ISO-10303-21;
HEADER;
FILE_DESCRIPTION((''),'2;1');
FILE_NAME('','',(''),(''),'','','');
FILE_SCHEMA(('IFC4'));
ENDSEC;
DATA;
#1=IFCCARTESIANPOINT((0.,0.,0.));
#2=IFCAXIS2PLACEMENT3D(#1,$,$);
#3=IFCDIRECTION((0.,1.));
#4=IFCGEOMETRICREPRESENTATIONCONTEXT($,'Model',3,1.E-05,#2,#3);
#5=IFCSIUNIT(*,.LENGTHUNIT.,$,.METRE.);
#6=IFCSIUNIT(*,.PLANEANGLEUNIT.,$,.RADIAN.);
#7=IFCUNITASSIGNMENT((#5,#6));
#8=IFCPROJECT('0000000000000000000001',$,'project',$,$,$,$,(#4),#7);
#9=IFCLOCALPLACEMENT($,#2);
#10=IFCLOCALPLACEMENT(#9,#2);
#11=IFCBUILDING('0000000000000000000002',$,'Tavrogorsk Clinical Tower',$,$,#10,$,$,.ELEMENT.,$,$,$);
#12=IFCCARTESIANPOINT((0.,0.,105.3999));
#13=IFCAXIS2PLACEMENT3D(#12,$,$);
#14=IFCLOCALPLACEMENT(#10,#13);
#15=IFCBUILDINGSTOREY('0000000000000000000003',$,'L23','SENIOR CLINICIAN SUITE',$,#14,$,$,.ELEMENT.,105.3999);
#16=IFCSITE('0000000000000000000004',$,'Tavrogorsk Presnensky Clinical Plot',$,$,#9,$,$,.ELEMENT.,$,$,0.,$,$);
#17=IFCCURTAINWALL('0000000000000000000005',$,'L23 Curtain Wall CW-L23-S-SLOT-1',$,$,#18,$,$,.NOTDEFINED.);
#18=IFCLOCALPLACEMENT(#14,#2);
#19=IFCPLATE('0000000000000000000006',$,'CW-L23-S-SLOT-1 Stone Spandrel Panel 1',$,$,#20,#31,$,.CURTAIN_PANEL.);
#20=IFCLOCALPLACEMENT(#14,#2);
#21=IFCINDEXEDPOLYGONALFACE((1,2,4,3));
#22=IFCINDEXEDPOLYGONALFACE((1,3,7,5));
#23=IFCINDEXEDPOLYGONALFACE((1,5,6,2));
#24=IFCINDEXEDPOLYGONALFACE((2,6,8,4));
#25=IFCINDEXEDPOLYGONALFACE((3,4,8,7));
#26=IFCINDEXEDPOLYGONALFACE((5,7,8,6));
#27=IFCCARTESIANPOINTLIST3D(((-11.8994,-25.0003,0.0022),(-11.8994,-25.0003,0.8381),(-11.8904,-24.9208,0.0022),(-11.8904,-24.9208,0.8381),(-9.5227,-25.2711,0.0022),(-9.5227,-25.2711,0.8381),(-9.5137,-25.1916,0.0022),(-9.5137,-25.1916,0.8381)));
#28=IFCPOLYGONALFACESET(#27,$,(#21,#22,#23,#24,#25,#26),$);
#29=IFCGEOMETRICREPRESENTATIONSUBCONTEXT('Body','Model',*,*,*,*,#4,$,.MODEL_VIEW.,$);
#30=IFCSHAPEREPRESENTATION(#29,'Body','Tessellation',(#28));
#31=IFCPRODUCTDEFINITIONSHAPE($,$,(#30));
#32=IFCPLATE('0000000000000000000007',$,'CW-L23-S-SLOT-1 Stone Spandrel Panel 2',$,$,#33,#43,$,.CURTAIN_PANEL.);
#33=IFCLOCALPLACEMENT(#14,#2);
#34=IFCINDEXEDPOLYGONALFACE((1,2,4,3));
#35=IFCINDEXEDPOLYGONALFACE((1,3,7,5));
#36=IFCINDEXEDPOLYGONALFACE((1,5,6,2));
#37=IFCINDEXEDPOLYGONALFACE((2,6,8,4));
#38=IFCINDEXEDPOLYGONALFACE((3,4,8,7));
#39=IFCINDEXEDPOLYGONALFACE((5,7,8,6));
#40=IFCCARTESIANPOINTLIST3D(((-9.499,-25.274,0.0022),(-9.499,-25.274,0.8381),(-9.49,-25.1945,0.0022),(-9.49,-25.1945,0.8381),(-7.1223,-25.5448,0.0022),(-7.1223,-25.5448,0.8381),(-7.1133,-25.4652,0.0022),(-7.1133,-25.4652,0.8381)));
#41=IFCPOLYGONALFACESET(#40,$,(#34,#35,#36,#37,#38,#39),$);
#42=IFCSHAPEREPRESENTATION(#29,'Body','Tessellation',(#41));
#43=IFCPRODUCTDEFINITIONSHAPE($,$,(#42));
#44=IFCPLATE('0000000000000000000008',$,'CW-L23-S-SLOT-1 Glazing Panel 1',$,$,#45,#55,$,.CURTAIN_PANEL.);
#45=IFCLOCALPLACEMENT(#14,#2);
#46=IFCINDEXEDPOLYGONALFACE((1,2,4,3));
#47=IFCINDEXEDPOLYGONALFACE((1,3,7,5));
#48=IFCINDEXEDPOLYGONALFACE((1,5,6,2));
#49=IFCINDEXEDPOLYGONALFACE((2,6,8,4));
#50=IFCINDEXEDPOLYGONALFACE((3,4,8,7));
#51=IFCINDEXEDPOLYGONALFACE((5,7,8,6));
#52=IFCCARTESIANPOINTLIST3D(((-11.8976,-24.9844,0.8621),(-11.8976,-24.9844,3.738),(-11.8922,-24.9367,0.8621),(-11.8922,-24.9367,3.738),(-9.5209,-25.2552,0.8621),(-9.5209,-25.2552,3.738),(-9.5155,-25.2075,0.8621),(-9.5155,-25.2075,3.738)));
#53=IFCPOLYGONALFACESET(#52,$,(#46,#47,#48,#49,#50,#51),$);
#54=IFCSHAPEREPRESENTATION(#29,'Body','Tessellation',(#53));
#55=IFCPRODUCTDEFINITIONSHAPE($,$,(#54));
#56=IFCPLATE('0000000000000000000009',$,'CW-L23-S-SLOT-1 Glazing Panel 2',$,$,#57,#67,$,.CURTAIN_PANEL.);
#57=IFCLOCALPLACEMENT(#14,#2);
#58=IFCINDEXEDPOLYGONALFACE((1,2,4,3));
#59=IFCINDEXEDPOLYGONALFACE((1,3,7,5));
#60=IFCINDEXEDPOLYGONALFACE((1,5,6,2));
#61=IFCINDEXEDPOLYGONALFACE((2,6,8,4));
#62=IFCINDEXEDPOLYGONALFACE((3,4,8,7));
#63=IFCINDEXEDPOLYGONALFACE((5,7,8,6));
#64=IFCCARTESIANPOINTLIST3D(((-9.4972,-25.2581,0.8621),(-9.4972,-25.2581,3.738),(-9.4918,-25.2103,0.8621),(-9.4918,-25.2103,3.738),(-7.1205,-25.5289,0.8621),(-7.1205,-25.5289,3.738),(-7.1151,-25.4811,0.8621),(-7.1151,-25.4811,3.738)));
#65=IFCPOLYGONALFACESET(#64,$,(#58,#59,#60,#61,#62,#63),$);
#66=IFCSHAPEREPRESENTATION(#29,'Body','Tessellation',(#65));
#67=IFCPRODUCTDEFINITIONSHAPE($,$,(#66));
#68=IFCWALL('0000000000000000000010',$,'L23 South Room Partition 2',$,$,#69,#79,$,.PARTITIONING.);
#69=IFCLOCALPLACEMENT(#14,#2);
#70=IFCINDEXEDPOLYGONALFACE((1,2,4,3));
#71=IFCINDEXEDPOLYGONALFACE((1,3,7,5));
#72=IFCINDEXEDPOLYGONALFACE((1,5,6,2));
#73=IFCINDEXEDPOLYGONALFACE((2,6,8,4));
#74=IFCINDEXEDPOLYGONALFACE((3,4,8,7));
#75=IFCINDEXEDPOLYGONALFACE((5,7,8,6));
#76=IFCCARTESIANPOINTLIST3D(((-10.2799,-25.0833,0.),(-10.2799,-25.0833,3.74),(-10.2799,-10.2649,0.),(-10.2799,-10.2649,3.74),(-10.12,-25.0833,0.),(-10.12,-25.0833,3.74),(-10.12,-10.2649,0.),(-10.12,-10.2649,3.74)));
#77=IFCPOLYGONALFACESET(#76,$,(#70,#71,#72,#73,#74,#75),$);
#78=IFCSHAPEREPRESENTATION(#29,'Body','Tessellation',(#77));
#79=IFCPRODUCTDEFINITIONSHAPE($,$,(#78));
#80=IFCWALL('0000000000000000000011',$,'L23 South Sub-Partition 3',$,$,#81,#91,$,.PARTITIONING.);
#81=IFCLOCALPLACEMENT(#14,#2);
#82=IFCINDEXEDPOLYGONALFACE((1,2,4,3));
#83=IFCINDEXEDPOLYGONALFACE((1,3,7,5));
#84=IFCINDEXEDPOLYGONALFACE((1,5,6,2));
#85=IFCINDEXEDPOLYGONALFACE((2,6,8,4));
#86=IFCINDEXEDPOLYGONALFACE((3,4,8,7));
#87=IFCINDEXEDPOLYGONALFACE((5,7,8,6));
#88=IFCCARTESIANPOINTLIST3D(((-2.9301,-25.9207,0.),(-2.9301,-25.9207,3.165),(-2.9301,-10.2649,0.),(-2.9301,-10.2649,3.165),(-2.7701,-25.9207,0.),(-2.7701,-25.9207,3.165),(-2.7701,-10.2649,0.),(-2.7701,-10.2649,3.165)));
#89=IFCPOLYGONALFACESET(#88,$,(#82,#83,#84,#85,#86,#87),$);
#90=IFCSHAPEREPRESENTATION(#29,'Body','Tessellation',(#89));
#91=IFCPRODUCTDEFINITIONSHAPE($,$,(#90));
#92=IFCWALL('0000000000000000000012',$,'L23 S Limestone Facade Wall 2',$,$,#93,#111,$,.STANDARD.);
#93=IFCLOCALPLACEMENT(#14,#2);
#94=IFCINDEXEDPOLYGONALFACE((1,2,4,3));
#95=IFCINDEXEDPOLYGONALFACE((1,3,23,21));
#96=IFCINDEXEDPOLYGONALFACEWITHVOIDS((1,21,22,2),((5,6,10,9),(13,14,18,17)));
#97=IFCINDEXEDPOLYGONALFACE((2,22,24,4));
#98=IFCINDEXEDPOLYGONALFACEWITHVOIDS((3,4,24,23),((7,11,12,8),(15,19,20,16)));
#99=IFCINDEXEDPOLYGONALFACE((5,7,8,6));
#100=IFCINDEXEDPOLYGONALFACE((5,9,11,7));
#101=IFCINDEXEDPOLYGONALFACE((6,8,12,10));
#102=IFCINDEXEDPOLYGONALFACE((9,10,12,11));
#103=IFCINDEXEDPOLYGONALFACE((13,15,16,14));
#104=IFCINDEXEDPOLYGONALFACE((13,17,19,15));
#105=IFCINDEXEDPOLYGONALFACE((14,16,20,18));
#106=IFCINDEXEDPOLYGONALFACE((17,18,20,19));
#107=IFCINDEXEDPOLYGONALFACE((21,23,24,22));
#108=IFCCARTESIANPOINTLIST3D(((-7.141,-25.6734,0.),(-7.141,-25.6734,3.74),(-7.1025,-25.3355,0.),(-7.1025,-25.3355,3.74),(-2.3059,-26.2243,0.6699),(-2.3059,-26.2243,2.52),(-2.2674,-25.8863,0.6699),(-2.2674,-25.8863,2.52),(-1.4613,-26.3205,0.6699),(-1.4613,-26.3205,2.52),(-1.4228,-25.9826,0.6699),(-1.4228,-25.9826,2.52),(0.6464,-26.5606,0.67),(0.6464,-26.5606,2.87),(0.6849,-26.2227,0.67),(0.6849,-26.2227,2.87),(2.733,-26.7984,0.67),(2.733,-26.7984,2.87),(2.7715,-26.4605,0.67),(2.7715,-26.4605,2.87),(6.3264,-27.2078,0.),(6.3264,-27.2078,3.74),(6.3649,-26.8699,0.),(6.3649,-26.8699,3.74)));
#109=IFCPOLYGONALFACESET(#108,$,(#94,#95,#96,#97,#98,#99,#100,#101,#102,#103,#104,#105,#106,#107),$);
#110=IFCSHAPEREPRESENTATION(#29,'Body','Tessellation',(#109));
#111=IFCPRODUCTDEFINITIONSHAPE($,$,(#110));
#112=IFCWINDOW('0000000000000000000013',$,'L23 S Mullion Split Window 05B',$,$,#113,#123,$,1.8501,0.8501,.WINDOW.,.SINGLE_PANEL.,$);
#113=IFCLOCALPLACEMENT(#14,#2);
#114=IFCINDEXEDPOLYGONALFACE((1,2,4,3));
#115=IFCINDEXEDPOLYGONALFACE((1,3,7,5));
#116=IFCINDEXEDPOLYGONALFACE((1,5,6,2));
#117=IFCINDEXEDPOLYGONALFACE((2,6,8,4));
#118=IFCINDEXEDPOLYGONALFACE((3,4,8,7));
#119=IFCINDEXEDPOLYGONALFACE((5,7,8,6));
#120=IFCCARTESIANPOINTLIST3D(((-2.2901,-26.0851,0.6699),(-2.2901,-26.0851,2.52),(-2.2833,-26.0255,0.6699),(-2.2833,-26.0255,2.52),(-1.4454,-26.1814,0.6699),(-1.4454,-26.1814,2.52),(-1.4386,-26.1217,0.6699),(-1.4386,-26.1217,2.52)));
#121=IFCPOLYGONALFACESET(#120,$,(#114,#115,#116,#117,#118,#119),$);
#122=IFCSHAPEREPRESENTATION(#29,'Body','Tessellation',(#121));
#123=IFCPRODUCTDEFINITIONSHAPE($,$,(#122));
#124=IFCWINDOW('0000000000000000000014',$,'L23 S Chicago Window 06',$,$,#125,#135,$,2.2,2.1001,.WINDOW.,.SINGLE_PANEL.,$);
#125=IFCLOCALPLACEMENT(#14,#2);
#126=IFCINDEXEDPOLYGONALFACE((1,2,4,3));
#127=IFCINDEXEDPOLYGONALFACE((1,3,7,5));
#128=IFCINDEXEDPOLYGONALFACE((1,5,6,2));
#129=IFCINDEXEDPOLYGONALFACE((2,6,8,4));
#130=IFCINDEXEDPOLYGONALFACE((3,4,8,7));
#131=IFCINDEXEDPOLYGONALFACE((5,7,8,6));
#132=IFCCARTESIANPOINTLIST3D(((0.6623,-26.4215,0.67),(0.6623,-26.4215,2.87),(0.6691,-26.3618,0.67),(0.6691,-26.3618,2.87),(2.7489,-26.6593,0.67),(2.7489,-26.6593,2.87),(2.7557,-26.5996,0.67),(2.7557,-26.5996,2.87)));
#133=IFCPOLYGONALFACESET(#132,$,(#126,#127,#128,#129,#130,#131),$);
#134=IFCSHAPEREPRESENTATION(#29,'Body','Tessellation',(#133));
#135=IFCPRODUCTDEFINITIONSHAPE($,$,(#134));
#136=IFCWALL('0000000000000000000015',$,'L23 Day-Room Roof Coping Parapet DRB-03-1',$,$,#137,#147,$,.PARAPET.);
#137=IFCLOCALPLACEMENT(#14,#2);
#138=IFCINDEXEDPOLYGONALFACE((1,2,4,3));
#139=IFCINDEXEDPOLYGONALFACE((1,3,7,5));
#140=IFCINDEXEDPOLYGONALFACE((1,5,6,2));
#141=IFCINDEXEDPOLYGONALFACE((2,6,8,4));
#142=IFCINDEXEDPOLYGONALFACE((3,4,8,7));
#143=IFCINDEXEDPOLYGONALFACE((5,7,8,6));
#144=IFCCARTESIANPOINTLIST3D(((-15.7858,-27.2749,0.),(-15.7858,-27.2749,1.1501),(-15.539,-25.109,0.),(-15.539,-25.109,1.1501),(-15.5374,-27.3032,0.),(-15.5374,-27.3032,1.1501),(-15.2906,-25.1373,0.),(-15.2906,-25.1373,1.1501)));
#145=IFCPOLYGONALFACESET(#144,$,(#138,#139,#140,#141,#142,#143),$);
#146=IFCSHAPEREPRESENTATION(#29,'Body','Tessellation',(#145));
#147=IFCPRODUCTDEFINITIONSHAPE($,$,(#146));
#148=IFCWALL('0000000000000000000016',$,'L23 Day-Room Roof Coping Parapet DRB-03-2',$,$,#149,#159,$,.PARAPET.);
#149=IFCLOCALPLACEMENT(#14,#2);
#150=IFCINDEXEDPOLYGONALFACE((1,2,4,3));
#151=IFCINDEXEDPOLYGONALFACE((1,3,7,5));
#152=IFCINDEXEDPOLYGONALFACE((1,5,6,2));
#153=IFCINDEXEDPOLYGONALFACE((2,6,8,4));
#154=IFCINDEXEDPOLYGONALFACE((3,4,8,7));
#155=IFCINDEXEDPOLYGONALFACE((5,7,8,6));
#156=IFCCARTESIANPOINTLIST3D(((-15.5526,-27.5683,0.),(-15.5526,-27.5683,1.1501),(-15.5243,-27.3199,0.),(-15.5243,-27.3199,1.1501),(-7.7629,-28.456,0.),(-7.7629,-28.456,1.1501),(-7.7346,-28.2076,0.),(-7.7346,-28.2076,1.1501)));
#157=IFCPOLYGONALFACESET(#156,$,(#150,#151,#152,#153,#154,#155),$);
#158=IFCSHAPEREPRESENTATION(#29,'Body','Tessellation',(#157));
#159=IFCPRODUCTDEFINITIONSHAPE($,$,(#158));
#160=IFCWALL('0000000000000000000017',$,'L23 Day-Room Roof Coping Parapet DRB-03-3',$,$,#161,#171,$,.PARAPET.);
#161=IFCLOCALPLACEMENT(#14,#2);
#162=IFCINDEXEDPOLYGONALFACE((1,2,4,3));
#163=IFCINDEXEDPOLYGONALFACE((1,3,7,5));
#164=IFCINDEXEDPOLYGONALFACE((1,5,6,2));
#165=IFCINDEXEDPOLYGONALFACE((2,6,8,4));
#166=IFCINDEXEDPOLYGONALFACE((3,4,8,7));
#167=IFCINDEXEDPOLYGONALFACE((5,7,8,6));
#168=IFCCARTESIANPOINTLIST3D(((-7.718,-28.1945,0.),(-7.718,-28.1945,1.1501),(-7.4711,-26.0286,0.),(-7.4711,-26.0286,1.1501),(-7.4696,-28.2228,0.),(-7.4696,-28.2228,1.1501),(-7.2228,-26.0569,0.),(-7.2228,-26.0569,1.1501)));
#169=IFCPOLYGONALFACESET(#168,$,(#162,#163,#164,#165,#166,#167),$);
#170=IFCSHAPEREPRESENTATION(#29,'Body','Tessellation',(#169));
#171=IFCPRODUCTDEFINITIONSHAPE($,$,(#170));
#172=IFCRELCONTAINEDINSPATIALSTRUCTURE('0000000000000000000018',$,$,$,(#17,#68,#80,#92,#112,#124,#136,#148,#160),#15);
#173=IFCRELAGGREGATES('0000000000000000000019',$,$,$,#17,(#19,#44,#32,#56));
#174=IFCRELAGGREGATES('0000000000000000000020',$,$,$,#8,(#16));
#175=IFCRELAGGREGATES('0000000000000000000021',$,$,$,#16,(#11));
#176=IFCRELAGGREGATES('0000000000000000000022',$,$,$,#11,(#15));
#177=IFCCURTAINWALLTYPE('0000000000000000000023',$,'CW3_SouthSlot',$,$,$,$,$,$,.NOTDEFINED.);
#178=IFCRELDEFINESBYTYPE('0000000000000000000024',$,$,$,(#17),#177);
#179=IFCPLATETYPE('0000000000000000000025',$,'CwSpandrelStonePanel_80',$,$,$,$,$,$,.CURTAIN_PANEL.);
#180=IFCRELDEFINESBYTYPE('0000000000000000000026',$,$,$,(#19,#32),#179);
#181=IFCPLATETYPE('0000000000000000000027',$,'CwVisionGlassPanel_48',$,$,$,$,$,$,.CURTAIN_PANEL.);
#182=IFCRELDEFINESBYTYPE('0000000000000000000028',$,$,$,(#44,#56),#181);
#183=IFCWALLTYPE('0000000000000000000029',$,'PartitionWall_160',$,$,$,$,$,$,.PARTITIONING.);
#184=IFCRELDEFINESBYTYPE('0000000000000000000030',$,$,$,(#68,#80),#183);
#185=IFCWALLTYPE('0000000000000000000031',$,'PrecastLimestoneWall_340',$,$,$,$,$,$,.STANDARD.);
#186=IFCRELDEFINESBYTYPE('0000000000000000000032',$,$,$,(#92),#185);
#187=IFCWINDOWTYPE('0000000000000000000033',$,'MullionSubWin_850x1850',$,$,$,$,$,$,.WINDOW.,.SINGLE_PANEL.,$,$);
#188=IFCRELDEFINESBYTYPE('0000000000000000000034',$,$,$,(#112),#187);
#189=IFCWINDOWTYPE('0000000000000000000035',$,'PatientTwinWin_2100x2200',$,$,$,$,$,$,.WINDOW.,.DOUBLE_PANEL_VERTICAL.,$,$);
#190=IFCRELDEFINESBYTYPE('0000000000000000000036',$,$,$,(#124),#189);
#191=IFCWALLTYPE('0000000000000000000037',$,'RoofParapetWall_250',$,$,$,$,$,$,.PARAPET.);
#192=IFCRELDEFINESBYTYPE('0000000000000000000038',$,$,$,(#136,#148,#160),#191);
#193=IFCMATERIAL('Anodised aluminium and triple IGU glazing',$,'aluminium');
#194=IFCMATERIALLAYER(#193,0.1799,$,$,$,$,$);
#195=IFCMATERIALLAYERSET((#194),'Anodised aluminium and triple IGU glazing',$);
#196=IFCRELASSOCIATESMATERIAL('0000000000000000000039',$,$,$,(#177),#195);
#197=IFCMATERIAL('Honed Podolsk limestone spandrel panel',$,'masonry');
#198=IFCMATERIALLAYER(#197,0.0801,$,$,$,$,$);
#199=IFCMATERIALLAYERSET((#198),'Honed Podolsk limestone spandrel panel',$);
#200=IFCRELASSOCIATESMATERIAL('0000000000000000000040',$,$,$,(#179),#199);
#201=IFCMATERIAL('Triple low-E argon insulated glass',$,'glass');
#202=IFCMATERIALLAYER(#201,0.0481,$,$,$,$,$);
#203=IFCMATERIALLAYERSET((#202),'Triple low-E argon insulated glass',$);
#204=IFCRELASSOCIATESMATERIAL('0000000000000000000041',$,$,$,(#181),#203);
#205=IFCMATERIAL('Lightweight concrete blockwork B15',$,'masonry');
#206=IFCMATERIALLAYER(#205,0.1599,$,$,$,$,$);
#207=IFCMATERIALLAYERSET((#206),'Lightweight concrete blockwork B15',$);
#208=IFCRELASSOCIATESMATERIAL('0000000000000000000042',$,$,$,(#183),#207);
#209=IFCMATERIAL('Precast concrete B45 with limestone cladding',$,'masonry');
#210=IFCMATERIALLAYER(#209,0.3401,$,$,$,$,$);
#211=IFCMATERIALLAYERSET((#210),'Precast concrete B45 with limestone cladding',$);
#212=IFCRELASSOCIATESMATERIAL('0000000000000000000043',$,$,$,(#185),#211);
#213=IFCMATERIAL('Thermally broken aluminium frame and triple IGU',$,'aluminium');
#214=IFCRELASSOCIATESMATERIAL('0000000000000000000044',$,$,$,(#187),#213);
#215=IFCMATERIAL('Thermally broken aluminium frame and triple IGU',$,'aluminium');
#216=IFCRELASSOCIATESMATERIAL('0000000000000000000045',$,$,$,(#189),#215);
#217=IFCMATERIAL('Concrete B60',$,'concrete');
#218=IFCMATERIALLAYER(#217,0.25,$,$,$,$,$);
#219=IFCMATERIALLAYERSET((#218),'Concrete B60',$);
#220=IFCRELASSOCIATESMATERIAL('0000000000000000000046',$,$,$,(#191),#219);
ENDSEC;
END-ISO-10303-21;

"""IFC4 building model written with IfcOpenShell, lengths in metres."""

from ifc_helpers import new_model, si_unit, direction, frame, frame_2d, origin, origin_2d, place, context, subcontext, project, spatial, rectangle, extrude, material, layer, layer_set, type_object, element, fill, aggregate, save


model = new_model("IFC4")

# Units and contexts
model_context = context("Model", 3, precision=1e-05, world=origin(), true_north=direction((0.0, 1.0)))
body_context = subcontext(model_context, "Body", "Model", "MODEL_VIEW")
ifc_project = project(units=[si_unit("LENGTHUNIT", "METRE"), si_unit("PLANEANGLEUNIT", "RADIAN")], contexts=[model_context])

# Site, building, storey
site_placement = place(None, origin())
site = spatial("IfcSite", under=ifc_project, at=site_placement, Name="Tavrogorsk Presnensky Clinical Plot", CompositionType="ELEMENT", RefElevation=0.0)
building_placement = place(site_placement, origin())
building = spatial("IfcBuilding", under=site, at=building_placement, Name="Tavrogorsk Clinical Tower", CompositionType="ELEMENT")
storey_placement = place(building_placement, frame((0.0, 0.0, 105.3999)))
storey = spatial("IfcBuildingStorey", under=building, at=storey_placement, Name="L23", Description="SENIOR CLINICIAN SUITE", CompositionType="ELEMENT", Elevation=105.3999)

# Curtain wall
ifc_material_1 = material(Name="Anodised aluminium and triple IGU glazing", Category="aluminium")
ifc_layer_1 = layer(ifc_material_1, 0.1799)
ifc_layer_set_1 = layer_set([ifc_layer_1], Name="Anodised aluminium and triple IGU glazing")
curtain_wall_type = type_object("IfcCurtainWallType", Name="CW3_SouthSlot", PredefinedType="NOTDEFINED", material=ifc_layer_set_1)
curtain_wall_placement = place(storey_placement, origin())
curtain_wall = element("IfcCurtainWall", 1, at=curtain_wall_placement, inside=storey, type_object=curtain_wall_type, Name="L23 Curtain Wall CW-L23-S-SLOT-1", PredefinedType="NOTDEFINED")

# Plates
ifc_material_2 = material(Name="Honed Podolsk limestone spandrel panel", Category="masonry")
ifc_layer_2 = layer(ifc_material_2, 0.0801)
ifc_layer_set_2 = layer_set([ifc_layer_2], Name="Honed Podolsk limestone spandrel panel")
plate_type_1 = type_object("IfcPlateType", Name="CwSpandrelStonePanel_80", PredefinedType="CURTAIN_PANEL", material=ifc_layer_set_2)
plate_1_placement = place(storey_placement, frame((-10.7065, -25.0959, 0.0022), z_axis=(0.0, 0.0, 1.0), x_axis=(0.993572, -0.113203, 0.0)))
plate_1 = element("IfcPlate", 2, at=plate_1_placement, type_object=plate_type_1, Name="CW-L23-S-SLOT-1 Stone Spandrel Panel 1", PredefinedType="CURTAIN_PANEL", context=body_context, shape_type="SweptSolid", body=[
    extrude(rectangle(XDim=2.3921, YDim=0.0801, at=origin_2d()), origin(), (0.0, 0.0, 1.0), 0.8359),
])
plate_2_placement = place(storey_placement, frame((-8.3062, -25.3696, 0.0022), z_axis=(0.0, 0.0, 1.0), x_axis=(0.993572, -0.113203, 0.0)))
plate_2 = element("IfcPlate", 3, at=plate_2_placement, type_object=plate_type_1, Name="CW-L23-S-SLOT-1 Stone Spandrel Panel 2", PredefinedType="CURTAIN_PANEL", context=body_context, shape_type="SweptSolid", body=[
    extrude(rectangle(XDim=2.3921, YDim=0.0801, at=origin_2d()), origin(), (0.0, 0.0, 1.0), 0.8359),
])
ifc_material_3 = material(Name="Triple low-E argon insulated glass", Category="glass")
ifc_layer_3 = layer(ifc_material_3, 0.0481)
ifc_layer_set_3 = layer_set([ifc_layer_3], Name="Triple low-E argon insulated glass")
plate_type_2 = type_object("IfcPlateType", Name="CwVisionGlassPanel_48", PredefinedType="CURTAIN_PANEL", material=ifc_layer_set_3)
plate_3_placement = place(storey_placement, frame((-10.7065, -25.0959, 0.8621), z_axis=(0.0, 0.0, 1.0), x_axis=(0.993572, -0.113203, 0.0)))
plate_3 = element("IfcPlate", 4, at=plate_3_placement, type_object=plate_type_2, Name="CW-L23-S-SLOT-1 Glazing Panel 1", PredefinedType="CURTAIN_PANEL", context=body_context, shape_type="SweptSolid", body=[
    extrude(rectangle(XDim=2.3921, YDim=0.0481, at=origin_2d()), origin(), (0.0, 0.0, 1.0), 2.876),
])
plate_4_placement = place(storey_placement, frame((-8.3062, -25.3696, 0.8621), z_axis=(0.0, 0.0, 1.0), x_axis=(0.993572, -0.113203, 0.0)))
plate_4 = element("IfcPlate", 5, at=plate_4_placement, type_object=plate_type_2, Name="CW-L23-S-SLOT-1 Glazing Panel 2", PredefinedType="CURTAIN_PANEL", context=body_context, shape_type="SweptSolid", body=[
    extrude(rectangle(XDim=2.3921, YDim=0.0481, at=origin_2d()), origin(), (0.0, 0.0, 1.0), 2.876),
])
aggregate(curtain_wall, [plate_1, plate_3, plate_2, plate_4])

# Walls
ifc_material_4 = material(Name="Lightweight concrete blockwork B15", Category="masonry")
ifc_layer_4 = layer(ifc_material_4, 0.1599)
ifc_layer_set_4 = layer_set([ifc_layer_4], Name="Lightweight concrete blockwork B15")
wall_type_1 = type_object("IfcWallType", Name="PartitionWall_160", PredefinedType="PARTITIONING", material=ifc_layer_set_4)
wall_1_placement = place(storey_placement, frame((-10.2, -25.0833, 0.0), z_axis=(0.0, 0.0, 1.0), x_axis=(0.0, 1.0, 0.0)))
element("IfcWall", 6, at=wall_1_placement, inside=storey, type_object=wall_type_1, Name="L23 South Room Partition 2", PredefinedType="PARTITIONING", context=body_context, shape_type="SweptSolid", body=[
    extrude(rectangle(XDim=14.8184, YDim=0.1599, at=frame_2d((7.4092, 0.0))), origin(), (0.0, 0.0, 1.0), 3.74),
])
wall_2_placement = place(storey_placement, frame((-2.8501, -25.9207, 0.0), z_axis=(0.0, 0.0, 1.0), x_axis=(0.0, 1.0, 0.0)))
element("IfcWall", 7, at=wall_2_placement, inside=storey, type_object=wall_type_1, Name="L23 South Sub-Partition 3", PredefinedType="PARTITIONING", context=body_context, shape_type="SweptSolid", body=[
    extrude(rectangle(XDim=15.6558, YDim=0.1599, at=frame_2d((7.8279, 0.0))), origin(), (0.0, 0.0, 1.0), 3.165),
])

# Wall, openings, windows
ifc_material_5 = material(Name="Precast concrete B45 with limestone cladding", Category="masonry")
ifc_layer_5 = layer(ifc_material_5, 0.3401)
ifc_layer_set_5 = layer_set([ifc_layer_5], Name="Precast concrete B45 with limestone cladding")
wall_type_2 = type_object("IfcWallType", Name="PrecastLimestoneWall_340", PredefinedType="STANDARD", material=ifc_layer_set_5)
wall_3_placement = place(storey_placement, frame((-7.1218, -25.5044, 0.0), z_axis=(0.0, 0.0, 1.0), x_axis=(0.993572, -0.113205, 0.0)))
wall_3 = element("IfcWall", 8, at=wall_3_placement, inside=storey, type_object=wall_type_2, Name="L23 S Limestone Facade Wall 2", PredefinedType="STANDARD", context=body_context, shape_type="SweptSolid", body=[
    extrude(rectangle(XDim=13.5544, YDim=0.3401, at=frame_2d((6.7773, 0.0))), origin(), (0.0, 0.0, 1.0), 3.74),
])
opening_1_placement = place(wall_3_placement, frame((4.8665, 0.0, 0.6699)))
opening_1 = element("IfcOpeningElement", 9, at=opening_1_placement, cuts=wall_3, PredefinedType="OPENING", context=body_context, shape_type="SweptSolid", body=[
    extrude(rectangle(XDim=0.8501, YDim=1.8501, at=frame_2d((0.425, 0.925))), frame((0.0, 0.1799, 0.0), z_axis=(0.0, -1.0, 0.0), x_axis=(1.0, 0.0, 0.0)), (0.0, 0.0, 1.0), 0.3601),
])
opening_2_placement = place(wall_3_placement, frame((7.8379, 0.0, 0.6699)))
opening_2 = element("IfcOpeningElement", 10, at=opening_2_placement, cuts=wall_3, PredefinedType="OPENING", context=body_context, shape_type="SweptSolid", body=[
    extrude(rectangle(XDim=2.1001, YDim=2.2, at=frame_2d((1.05, 1.1001))), frame((0.0, 0.1799, 0.0), z_axis=(0.0, -1.0, 0.0), x_axis=(1.0, 0.0, 0.0)), (0.0, 0.0, 1.0), 0.3601),
])
ifc_material_6 = material(Name="Thermally broken aluminium frame and triple IGU", Category="aluminium")
window_type_1 = type_object("IfcWindowType", Name="MullionSubWin_850x1850", PartitioningType="SINGLE_PANEL", PredefinedType="WINDOW", material=ifc_material_6)
window_1_placement = place(opening_1_placement, origin())
window_1 = element("IfcWindow", 11, at=window_1_placement, inside=storey, type_object=window_type_1, Name="L23 S Mullion Split Window 05B", OverallHeight=1.8501, OverallWidth=0.8501, PartitioningType="SINGLE_PANEL", PredefinedType="WINDOW", context=body_context, shape_type="SweptSolid", body=[
    extrude(rectangle(XDim=0.8501, YDim=1.8501, at=frame_2d((0.425, 0.925))), frame((0.0, 0.03, 0.0), z_axis=(0.0, -1.0, 0.0), x_axis=(1.0, 0.0, 0.0)), (0.0, 0.0, 1.0), 0.0601),
])
fill(opening_1, window_1)
ifc_material_7 = material(Name="Thermally broken aluminium frame and triple IGU", Category="aluminium")
window_type_2 = type_object("IfcWindowType", Name="PatientTwinWin_2100x2200", PartitioningType="DOUBLE_PANEL_VERTICAL", PredefinedType="WINDOW", material=ifc_material_7)
window_2_placement = place(opening_2_placement, origin())
window_2 = element("IfcWindow", 12, at=window_2_placement, inside=storey, type_object=window_type_2, Name="L23 S Chicago Window 06", OverallHeight=2.2, OverallWidth=2.1001, PartitioningType="SINGLE_PANEL", PredefinedType="WINDOW", context=body_context, shape_type="SweptSolid", body=[
    extrude(rectangle(XDim=2.1001, YDim=2.2, at=frame_2d((1.05, 1.1001))), frame((0.0, 0.03, 0.0), z_axis=(0.0, -1.0, 0.0), x_axis=(1.0, 0.0, 0.0)), (0.0, 0.0, 1.0), 0.0601),
])
fill(opening_2, window_2)

# Walls
ifc_material_8 = material(Name="Concrete B60", Category="concrete")
ifc_layer_6 = layer(ifc_material_8, 0.25)
ifc_layer_set_6 = layer_set([ifc_layer_6], Name="Concrete B60")
wall_type_3 = type_object("IfcWallType", Name="RoofParapetWall_250", PredefinedType="PARAPET", material=ifc_layer_set_6)
wall_4_placement = place(storey_placement, frame((-15.4148, -25.1233, 0.0), z_axis=(0.0, 0.0, 1.0), x_axis=(-0.113221, -0.99357, 0.0)))
element("IfcWall", 13, at=wall_4_placement, inside=storey, type_object=wall_type_3, Name="L23 Day-Room Roof Coping Parapet DRB-03-1", PredefinedType="PARAPET", context=body_context, shape_type="SweptSolid", body=[
    extrude(rectangle(XDim=2.1799, YDim=0.25, at=frame_2d((1.0898, 0.0))), origin(), (0.0, 0.0, 1.0), 1.1501),
])
wall_5_placement = place(storey_placement, frame((-15.5383, -27.4441, 0.0), z_axis=(0.0, 0.0, 1.0), x_axis=(0.993569, -0.113227, 0.0)))
element("IfcWall", 14, at=wall_5_placement, inside=storey, type_object=wall_type_3, Name="L23 Day-Room Roof Coping Parapet DRB-03-2", PredefinedType="PARAPET", context=body_context, shape_type="SweptSolid", body=[
    extrude(rectangle(XDim=7.8401, YDim=0.25, at=frame_2d((3.9199, 0.0))), origin(), (0.0, 0.0, 1.0), 1.1501),
])
wall_6_placement = place(storey_placement, frame((-7.5938, -28.2085, 0.0), z_axis=(0.0, 0.0, 1.0), x_axis=(0.113221, 0.99357, 0.0)))
element("IfcWall", 15, at=wall_6_placement, inside=storey, type_object=wall_type_3, Name="L23 Day-Room Roof Coping Parapet DRB-03-3", PredefinedType="PARAPET", context=body_context, shape_type="SweptSolid", body=[
    extrude(rectangle(XDim=2.1799, YDim=0.25, at=frame_2d((1.0898, 0.0))), origin(), (0.0, 0.0, 1.0), 1.1501),
])

save(model, "model.ifc")
